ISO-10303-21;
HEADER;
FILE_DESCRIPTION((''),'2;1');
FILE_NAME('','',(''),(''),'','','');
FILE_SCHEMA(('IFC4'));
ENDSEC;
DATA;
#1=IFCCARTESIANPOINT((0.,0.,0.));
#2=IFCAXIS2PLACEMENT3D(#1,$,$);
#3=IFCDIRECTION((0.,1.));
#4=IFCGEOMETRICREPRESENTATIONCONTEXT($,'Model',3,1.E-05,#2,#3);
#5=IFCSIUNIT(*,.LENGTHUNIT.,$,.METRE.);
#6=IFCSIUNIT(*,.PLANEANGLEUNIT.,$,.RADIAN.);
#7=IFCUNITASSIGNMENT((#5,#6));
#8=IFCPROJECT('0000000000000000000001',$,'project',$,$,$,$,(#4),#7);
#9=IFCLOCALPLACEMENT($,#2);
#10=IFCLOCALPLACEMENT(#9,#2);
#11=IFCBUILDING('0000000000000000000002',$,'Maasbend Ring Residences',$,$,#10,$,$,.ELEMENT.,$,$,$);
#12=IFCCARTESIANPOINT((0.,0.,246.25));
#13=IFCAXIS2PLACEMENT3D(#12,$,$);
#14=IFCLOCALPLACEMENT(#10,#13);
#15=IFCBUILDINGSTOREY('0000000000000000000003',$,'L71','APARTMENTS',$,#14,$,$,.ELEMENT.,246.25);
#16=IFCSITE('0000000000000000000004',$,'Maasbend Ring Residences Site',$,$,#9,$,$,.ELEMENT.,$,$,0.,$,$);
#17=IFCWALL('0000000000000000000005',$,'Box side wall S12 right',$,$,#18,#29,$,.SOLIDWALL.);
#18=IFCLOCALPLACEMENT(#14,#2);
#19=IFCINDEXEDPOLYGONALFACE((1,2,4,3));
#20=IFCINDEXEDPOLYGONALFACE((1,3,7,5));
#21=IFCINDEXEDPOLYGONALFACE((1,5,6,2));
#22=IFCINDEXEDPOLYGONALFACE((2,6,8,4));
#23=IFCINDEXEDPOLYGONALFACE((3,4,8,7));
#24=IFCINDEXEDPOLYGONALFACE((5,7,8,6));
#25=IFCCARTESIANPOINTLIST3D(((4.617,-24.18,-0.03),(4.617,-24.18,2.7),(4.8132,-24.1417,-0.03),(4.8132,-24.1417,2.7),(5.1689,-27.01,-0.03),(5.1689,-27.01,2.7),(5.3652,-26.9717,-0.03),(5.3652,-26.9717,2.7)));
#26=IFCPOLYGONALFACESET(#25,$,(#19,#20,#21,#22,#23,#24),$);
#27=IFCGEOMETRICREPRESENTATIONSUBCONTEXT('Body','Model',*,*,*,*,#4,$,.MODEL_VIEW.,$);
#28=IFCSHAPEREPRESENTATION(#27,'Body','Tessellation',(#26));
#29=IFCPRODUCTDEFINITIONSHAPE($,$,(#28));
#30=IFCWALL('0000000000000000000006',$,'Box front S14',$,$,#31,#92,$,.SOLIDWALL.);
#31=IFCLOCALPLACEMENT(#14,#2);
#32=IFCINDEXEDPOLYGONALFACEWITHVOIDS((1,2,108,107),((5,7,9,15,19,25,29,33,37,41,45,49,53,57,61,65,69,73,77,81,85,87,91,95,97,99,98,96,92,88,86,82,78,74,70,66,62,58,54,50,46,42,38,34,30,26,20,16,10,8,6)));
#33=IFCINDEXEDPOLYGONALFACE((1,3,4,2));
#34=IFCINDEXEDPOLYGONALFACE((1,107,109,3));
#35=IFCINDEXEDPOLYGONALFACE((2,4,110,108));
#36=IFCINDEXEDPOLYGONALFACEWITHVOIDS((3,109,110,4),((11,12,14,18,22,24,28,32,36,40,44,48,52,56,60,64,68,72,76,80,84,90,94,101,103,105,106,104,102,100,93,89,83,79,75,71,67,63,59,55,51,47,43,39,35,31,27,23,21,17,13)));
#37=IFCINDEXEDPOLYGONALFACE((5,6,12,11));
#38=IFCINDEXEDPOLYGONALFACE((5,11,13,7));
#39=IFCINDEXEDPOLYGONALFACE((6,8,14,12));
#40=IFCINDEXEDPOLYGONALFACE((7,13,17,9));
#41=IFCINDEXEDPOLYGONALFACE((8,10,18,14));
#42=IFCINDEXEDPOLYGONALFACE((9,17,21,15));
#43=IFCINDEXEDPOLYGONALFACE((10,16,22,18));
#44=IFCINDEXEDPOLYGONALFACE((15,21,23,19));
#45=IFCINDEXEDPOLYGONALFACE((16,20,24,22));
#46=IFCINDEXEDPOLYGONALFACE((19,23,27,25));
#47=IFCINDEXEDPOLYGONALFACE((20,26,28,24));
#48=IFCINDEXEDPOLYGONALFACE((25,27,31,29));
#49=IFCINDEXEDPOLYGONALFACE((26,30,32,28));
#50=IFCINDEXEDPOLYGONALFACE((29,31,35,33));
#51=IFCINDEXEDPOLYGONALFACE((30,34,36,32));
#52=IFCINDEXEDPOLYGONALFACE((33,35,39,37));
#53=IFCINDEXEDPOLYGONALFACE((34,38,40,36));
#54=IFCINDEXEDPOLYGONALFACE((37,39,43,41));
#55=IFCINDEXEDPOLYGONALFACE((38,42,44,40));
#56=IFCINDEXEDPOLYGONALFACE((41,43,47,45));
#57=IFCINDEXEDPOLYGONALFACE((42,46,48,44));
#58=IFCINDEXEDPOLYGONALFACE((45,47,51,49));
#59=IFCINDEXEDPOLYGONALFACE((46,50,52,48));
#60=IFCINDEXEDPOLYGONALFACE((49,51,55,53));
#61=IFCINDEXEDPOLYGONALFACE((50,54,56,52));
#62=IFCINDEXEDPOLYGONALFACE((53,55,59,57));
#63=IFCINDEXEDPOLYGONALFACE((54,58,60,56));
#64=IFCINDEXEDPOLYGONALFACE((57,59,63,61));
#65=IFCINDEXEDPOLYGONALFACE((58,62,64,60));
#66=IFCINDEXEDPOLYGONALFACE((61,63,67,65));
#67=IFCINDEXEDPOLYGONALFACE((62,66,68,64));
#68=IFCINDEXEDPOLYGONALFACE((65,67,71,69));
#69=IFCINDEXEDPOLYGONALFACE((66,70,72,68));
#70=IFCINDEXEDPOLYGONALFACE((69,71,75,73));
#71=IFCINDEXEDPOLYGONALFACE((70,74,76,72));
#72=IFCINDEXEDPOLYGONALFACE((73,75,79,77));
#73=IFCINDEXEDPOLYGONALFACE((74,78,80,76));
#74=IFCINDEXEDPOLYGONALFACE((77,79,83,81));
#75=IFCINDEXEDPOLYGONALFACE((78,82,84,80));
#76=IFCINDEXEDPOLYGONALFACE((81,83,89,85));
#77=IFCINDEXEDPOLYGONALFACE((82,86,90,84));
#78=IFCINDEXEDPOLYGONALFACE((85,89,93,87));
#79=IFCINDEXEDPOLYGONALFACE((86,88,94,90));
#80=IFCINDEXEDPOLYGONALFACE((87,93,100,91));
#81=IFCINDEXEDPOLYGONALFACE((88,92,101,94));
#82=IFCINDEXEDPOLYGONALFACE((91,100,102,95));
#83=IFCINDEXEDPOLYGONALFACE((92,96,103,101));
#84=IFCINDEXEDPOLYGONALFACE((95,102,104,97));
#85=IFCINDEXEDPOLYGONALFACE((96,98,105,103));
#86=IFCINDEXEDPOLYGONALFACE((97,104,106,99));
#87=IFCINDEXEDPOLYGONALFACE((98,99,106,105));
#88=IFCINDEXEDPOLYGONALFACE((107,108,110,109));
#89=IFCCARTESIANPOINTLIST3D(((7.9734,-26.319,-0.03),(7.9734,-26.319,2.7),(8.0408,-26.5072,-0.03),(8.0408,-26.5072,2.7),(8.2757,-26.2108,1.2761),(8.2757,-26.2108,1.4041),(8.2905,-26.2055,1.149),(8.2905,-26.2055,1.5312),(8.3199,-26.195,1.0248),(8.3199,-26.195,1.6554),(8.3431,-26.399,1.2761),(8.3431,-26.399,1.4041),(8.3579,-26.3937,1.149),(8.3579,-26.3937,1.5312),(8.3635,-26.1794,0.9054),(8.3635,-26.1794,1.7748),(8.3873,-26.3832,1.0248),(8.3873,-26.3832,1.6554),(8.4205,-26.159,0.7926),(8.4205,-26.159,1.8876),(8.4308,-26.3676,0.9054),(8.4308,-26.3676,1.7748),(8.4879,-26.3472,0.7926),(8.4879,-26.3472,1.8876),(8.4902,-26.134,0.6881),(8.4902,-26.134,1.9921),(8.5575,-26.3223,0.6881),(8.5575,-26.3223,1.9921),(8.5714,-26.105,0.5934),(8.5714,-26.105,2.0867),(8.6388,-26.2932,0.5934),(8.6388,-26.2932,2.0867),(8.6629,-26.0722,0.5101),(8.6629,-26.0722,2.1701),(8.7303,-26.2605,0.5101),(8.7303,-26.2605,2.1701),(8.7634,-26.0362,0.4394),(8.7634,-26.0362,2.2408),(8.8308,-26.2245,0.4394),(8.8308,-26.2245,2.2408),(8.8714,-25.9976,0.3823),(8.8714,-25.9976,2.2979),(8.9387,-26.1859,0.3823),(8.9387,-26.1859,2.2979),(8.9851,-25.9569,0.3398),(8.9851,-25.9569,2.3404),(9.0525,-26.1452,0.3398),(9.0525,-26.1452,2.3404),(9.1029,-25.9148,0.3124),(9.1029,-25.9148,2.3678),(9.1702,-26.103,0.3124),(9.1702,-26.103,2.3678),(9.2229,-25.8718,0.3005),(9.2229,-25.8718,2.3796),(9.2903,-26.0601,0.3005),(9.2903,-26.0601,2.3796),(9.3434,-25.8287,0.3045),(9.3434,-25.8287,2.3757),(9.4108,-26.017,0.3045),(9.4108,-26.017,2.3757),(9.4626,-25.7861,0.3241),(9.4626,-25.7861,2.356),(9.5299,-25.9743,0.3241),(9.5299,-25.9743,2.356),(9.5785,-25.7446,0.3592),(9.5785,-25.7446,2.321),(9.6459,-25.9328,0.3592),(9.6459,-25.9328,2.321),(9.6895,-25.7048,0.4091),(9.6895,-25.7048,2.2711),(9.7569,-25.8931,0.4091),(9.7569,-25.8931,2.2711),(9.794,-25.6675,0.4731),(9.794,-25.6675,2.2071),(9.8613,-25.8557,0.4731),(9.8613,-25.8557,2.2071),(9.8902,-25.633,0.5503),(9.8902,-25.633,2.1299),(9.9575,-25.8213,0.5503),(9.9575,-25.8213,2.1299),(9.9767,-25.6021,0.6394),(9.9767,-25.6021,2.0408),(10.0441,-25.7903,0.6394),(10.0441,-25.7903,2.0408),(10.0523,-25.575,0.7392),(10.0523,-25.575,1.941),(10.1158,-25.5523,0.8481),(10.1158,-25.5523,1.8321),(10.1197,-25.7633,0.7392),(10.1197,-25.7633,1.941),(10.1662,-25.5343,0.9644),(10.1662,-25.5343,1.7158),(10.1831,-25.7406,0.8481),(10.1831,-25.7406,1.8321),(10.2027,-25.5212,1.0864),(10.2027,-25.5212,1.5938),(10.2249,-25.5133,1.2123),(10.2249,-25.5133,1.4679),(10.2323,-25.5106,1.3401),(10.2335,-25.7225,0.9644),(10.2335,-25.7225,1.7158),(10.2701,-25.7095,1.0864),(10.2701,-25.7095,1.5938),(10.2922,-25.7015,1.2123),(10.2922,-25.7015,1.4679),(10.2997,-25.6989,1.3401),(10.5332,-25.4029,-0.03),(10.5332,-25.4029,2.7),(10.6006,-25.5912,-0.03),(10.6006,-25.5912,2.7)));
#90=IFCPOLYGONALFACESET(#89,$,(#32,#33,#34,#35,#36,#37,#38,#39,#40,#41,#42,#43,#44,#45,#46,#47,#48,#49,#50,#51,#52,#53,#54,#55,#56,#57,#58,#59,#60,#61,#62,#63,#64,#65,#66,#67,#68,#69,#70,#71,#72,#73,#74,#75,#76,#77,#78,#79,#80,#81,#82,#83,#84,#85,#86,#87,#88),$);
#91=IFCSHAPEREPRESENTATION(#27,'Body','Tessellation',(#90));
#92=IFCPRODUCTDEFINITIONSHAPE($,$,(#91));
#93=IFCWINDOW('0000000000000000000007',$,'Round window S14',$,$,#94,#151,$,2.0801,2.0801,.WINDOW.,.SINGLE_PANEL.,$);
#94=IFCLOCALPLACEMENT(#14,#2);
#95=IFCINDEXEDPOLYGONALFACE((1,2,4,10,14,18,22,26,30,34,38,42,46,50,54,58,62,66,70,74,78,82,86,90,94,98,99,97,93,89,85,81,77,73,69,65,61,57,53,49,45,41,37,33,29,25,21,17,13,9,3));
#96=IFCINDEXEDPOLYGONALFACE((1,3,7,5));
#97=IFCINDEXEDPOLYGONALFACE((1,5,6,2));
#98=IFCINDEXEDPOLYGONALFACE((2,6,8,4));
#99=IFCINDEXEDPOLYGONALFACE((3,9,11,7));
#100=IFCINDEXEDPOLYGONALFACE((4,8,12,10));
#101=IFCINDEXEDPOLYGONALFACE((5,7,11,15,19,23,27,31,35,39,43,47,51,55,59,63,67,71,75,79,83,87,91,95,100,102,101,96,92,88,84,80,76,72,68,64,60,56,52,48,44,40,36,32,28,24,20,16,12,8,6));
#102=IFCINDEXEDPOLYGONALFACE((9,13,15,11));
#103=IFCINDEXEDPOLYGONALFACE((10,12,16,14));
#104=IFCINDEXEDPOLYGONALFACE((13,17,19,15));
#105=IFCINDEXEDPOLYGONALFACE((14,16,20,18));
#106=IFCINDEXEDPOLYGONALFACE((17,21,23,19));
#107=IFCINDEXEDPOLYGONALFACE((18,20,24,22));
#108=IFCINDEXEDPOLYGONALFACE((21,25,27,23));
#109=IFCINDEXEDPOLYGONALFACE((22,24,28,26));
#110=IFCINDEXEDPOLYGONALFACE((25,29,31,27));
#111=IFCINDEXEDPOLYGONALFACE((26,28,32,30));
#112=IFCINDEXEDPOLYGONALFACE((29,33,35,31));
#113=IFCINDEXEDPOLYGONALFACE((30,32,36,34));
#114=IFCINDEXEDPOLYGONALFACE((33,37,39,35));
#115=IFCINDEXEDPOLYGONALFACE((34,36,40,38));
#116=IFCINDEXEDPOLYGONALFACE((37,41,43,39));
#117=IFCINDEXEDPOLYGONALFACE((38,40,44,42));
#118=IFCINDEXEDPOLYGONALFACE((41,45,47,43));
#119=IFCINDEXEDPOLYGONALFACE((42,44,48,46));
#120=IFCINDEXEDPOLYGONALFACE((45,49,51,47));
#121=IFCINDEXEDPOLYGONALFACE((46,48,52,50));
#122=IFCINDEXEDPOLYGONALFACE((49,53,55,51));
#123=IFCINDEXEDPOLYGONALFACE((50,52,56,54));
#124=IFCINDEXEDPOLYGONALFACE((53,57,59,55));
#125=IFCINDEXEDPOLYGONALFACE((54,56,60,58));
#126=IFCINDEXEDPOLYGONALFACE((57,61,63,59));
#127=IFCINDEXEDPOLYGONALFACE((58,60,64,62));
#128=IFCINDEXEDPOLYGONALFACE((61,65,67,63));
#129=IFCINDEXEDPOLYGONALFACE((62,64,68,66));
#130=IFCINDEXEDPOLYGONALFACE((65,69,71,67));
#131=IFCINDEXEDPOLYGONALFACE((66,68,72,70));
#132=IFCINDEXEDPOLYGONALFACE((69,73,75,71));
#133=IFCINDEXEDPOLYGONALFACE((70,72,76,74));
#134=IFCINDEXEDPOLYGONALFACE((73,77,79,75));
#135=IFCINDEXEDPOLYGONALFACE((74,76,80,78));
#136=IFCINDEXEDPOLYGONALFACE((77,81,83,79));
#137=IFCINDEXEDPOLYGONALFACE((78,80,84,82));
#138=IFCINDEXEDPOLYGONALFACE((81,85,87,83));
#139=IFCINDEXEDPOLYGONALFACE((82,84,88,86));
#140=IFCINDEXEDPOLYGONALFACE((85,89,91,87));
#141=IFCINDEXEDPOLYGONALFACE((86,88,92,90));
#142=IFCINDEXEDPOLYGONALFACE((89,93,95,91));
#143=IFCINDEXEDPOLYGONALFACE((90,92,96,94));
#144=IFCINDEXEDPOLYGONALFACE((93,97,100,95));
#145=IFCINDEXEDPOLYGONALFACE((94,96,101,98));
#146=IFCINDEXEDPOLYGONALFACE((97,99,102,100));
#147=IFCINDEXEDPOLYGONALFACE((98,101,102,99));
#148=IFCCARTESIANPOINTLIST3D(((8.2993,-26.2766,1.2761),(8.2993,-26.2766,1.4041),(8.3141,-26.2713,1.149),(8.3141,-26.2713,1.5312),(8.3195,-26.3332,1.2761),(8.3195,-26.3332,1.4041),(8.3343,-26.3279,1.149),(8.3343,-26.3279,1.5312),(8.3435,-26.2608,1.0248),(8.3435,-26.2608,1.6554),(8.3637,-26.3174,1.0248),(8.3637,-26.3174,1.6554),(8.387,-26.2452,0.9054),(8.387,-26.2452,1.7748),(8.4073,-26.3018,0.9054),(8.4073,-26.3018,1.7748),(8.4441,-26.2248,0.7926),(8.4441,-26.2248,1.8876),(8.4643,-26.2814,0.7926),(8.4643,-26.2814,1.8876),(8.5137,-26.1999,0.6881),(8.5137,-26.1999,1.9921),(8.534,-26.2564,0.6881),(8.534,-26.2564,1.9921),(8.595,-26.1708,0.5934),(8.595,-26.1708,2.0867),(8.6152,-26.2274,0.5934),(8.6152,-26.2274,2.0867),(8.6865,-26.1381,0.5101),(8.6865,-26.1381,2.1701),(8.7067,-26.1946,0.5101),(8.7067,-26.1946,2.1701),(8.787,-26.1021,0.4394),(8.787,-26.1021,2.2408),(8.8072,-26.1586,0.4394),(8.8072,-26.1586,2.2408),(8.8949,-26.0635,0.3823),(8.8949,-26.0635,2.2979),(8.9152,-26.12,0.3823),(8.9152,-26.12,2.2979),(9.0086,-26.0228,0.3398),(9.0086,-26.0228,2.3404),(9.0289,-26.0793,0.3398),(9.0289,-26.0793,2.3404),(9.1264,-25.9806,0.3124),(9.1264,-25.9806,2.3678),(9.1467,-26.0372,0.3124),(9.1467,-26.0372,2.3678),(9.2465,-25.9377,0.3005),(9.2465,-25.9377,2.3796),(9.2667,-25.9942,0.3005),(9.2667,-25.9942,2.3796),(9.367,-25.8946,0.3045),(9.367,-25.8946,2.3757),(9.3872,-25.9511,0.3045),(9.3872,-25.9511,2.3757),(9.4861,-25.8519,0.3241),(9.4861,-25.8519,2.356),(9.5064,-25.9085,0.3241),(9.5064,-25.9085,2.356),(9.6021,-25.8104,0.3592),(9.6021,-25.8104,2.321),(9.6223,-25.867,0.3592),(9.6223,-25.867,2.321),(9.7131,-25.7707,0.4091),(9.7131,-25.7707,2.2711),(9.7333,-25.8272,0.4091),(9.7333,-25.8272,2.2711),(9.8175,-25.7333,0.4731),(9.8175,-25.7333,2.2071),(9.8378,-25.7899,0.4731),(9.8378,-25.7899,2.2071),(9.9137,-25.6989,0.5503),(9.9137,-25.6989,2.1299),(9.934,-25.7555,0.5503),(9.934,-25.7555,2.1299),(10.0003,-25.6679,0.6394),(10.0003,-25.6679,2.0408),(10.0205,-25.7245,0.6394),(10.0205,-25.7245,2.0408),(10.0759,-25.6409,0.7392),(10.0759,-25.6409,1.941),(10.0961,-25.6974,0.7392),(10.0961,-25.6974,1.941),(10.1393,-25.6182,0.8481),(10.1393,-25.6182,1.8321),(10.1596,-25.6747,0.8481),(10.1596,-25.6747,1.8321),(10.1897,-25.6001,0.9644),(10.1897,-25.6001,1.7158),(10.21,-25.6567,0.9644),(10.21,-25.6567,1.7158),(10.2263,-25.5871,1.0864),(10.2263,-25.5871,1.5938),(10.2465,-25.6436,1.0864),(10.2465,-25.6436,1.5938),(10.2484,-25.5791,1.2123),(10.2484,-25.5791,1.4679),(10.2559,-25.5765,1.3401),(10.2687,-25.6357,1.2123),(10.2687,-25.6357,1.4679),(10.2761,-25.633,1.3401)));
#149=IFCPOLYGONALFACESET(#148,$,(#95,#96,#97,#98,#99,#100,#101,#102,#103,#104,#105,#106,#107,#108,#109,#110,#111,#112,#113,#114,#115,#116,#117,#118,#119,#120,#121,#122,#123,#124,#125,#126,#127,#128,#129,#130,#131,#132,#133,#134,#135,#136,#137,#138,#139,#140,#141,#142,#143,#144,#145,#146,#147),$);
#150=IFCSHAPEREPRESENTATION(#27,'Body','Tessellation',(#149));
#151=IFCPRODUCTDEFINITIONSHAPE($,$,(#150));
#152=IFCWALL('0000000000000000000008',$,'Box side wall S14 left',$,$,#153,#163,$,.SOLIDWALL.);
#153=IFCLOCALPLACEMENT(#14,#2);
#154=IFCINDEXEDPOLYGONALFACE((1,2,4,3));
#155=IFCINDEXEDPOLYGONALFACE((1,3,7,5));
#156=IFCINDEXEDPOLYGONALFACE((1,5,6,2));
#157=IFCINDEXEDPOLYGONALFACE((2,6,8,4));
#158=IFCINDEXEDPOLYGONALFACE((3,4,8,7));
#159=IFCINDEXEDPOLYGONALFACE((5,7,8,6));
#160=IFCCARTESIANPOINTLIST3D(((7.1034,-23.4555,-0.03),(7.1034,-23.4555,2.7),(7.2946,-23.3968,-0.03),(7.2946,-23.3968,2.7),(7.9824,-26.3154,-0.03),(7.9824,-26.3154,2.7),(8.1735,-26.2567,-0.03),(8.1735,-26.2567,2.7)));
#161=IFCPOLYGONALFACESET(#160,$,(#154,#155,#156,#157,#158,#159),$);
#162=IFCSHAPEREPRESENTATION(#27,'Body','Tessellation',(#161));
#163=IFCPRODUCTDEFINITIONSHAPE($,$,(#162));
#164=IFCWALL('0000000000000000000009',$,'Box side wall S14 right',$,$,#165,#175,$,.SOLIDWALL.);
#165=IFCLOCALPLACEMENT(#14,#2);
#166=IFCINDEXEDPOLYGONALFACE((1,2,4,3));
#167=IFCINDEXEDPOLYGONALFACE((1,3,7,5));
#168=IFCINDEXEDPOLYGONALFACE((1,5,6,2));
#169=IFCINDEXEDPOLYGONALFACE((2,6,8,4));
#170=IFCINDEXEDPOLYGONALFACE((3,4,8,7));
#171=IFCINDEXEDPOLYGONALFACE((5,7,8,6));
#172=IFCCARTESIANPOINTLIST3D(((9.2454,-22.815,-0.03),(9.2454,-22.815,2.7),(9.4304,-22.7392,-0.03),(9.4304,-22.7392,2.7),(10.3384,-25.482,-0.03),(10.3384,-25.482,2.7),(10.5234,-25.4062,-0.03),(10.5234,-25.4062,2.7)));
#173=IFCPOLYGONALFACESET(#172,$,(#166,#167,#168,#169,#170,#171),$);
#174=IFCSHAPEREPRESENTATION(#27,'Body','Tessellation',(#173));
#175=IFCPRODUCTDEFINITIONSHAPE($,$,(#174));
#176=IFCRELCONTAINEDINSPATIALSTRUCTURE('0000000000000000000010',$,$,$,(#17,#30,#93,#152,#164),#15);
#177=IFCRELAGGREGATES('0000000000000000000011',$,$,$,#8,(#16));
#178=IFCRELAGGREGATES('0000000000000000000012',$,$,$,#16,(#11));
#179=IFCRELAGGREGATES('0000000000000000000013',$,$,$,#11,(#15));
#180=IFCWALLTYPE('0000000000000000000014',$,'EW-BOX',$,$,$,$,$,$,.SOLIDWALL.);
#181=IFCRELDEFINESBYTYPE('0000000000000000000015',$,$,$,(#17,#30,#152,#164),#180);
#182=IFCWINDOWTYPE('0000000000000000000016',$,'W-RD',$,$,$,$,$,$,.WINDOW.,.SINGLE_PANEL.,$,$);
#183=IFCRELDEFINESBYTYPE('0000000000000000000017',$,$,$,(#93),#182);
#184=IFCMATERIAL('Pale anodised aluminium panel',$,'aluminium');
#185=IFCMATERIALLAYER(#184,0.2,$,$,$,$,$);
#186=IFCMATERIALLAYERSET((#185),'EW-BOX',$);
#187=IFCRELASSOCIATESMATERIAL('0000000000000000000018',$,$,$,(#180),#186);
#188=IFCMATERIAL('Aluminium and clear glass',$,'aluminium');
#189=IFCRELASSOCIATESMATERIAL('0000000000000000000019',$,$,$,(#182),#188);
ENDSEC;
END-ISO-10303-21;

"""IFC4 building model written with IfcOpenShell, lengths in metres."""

from ifc_helpers import new_model, si_unit, direction, frame, frame_2d, origin, place, context, subcontext, project, spatial, rectangle, circle, extrude, material, layer, layer_set, type_object, element, fill, save


model = new_model("IFC4")

# Units and contexts
model_context = context("Model", 3, precision=1e-05, world=origin(), true_north=direction((0.0, 1.0)))
body_context = subcontext(model_context, "Body", "Model", "MODEL_VIEW")
ifc_project = project(units=[si_unit("LENGTHUNIT", "METRE"), si_unit("PLANEANGLEUNIT", "RADIAN")], contexts=[model_context])

# Site, building, storey
site_placement = place(None, origin())
site = spatial("IfcSite", under=ifc_project, at=site_placement, Name="Maasbend Ring Residences Site", CompositionType="ELEMENT", RefElevation=0.0)
building_placement = place(site_placement, origin())
building = spatial("IfcBuilding", under=site, at=building_placement, Name="Maasbend Ring Residences", CompositionType="ELEMENT")
storey_placement = place(building_placement, frame((0.0, 0.0, 246.25)))
storey = spatial("IfcBuildingStorey", under=building, at=storey_placement, Name="L71", Description="APARTMENTS", CompositionType="ELEMENT", Elevation=246.25)

# Shared definitions
ifc_material_1 = material(Name="Pale anodised aluminium panel", Category="aluminium")
ifc_layer_1 = layer(ifc_material_1, 0.2)
ifc_layer_set_1 = layer_set([ifc_layer_1], Name="EW-BOX")
wall_type_1 = type_object("IfcWallType", Name="EW-BOX", PredefinedType="SOLIDWALL", material=ifc_layer_set_1)
ifc_material_2 = material(Name="Aluminium and clear glass", Category="aluminium")
window_type_1 = type_object("IfcWindowType", Name="W-RD", PartitioningType="SINGLE_PANEL", PredefinedType="WINDOW", material=ifc_material_2)

# Wall
wall_1_placement = place(storey_placement, frame((4.7151, -24.1609, -0.03), z_axis=(0.0, 0.0, 1.0), x_axis=(0.191441, -0.981504, 0.0)))
element("IfcWall", 1, at=wall_1_placement, inside=storey, type_object=wall_type_1, Name="Box side wall S12 right", PredefinedType="SOLIDWALL", context=body_context, shape_type="SweptSolid", body=[
    extrude(rectangle(XDim=2.8833, YDim=0.2, at=frame_2d((1.4417, 0.0))), origin(), (0.0, 0.0, 1.0), 2.73),
])

# Wall, opening, window
wall_2_placement = place(storey_placement, frame((8.0071, -26.4131, -0.03), z_axis=(0.0, 0.0, 1.0), x_axis=(0.941532, 0.336922, 0.0)))
wall_2 = element("IfcWall", 2, at=wall_2_placement, inside=storey, type_object=wall_type_1, Name="Box front S14", PredefinedType="SOLIDWALL", context=body_context, shape_type="SweptSolid", body=[
    extrude(rectangle(XDim=2.7188, YDim=0.2, at=frame_2d((1.3594, 0.0))), origin(), (0.0, 0.0, 1.0), 2.73),
])
opening_1_placement = place(wall_2_placement, frame((0.3191, 0.0, 0.3301)))
opening_1 = element("IfcOpeningElement", 3, at=opening_1_placement, cuts=wall_2, PredefinedType="OPENING", context=body_context, shape_type="SweptSolid", body=[
    extrude(circle(Radius=1.04, at=frame_2d((1.04, 1.04))), frame((0.0, 0.1099, 0.0), z_axis=(0.0, -1.0, 0.0), x_axis=(1.0, 0.0, 0.0)), (0.0, 0.0, 1.0), 0.22),
])
window_1_placement = place(opening_1_placement, origin())
window_1 = element("IfcWindow", 4, at=window_1_placement, inside=storey, type_object=window_type_1, Name="Round window S14", OverallHeight=2.0801, OverallWidth=2.0801, PartitioningType="SINGLE_PANEL", PredefinedType="WINDOW", context=body_context, shape_type="SweptSolid", body=[
    extrude(circle(Radius=1.04, at=frame_2d((1.04, 1.04))), frame((0.0, 0.03, 0.0), z_axis=(0.0, -1.0, 0.0), x_axis=(1.0, 0.0, 0.0)), (0.0, 0.0, 1.0), 0.0601),
])
fill(opening_1, window_1)

# Walls
wall_3_placement = place(storey_placement, frame((7.199, -23.426, -0.03), z_axis=(0.0, 0.0, 1.0), x_axis=(0.293765, -0.955878, 0.0)))
element("IfcWall", 5, at=wall_3_placement, inside=storey, type_object=wall_type_1, Name="Box side wall S14 left", PredefinedType="SOLIDWALL", context=body_context, shape_type="SweptSolid", body=[
    extrude(rectangle(XDim=2.9919, YDim=0.2, at=frame_2d((1.4961, 0.0))), origin(), (0.0, 0.0, 1.0), 2.73),
])
wall_4_placement = place(storey_placement, frame((9.3379, -22.7771, -0.03), z_axis=(0.0, 0.0, 1.0), x_axis=(0.37922, -0.925307, 0.0)))
element("IfcWall", 6, at=wall_4_placement, inside=storey, type_object=wall_type_1, Name="Box side wall S14 right", PredefinedType="SOLIDWALL", context=body_context, shape_type="SweptSolid", body=[
    extrude(rectangle(XDim=2.8823, YDim=0.2, at=frame_2d((1.4412, 0.0))), origin(), (0.0, 0.0, 1.0), 2.73),
])

save(model, "model.ifc")
